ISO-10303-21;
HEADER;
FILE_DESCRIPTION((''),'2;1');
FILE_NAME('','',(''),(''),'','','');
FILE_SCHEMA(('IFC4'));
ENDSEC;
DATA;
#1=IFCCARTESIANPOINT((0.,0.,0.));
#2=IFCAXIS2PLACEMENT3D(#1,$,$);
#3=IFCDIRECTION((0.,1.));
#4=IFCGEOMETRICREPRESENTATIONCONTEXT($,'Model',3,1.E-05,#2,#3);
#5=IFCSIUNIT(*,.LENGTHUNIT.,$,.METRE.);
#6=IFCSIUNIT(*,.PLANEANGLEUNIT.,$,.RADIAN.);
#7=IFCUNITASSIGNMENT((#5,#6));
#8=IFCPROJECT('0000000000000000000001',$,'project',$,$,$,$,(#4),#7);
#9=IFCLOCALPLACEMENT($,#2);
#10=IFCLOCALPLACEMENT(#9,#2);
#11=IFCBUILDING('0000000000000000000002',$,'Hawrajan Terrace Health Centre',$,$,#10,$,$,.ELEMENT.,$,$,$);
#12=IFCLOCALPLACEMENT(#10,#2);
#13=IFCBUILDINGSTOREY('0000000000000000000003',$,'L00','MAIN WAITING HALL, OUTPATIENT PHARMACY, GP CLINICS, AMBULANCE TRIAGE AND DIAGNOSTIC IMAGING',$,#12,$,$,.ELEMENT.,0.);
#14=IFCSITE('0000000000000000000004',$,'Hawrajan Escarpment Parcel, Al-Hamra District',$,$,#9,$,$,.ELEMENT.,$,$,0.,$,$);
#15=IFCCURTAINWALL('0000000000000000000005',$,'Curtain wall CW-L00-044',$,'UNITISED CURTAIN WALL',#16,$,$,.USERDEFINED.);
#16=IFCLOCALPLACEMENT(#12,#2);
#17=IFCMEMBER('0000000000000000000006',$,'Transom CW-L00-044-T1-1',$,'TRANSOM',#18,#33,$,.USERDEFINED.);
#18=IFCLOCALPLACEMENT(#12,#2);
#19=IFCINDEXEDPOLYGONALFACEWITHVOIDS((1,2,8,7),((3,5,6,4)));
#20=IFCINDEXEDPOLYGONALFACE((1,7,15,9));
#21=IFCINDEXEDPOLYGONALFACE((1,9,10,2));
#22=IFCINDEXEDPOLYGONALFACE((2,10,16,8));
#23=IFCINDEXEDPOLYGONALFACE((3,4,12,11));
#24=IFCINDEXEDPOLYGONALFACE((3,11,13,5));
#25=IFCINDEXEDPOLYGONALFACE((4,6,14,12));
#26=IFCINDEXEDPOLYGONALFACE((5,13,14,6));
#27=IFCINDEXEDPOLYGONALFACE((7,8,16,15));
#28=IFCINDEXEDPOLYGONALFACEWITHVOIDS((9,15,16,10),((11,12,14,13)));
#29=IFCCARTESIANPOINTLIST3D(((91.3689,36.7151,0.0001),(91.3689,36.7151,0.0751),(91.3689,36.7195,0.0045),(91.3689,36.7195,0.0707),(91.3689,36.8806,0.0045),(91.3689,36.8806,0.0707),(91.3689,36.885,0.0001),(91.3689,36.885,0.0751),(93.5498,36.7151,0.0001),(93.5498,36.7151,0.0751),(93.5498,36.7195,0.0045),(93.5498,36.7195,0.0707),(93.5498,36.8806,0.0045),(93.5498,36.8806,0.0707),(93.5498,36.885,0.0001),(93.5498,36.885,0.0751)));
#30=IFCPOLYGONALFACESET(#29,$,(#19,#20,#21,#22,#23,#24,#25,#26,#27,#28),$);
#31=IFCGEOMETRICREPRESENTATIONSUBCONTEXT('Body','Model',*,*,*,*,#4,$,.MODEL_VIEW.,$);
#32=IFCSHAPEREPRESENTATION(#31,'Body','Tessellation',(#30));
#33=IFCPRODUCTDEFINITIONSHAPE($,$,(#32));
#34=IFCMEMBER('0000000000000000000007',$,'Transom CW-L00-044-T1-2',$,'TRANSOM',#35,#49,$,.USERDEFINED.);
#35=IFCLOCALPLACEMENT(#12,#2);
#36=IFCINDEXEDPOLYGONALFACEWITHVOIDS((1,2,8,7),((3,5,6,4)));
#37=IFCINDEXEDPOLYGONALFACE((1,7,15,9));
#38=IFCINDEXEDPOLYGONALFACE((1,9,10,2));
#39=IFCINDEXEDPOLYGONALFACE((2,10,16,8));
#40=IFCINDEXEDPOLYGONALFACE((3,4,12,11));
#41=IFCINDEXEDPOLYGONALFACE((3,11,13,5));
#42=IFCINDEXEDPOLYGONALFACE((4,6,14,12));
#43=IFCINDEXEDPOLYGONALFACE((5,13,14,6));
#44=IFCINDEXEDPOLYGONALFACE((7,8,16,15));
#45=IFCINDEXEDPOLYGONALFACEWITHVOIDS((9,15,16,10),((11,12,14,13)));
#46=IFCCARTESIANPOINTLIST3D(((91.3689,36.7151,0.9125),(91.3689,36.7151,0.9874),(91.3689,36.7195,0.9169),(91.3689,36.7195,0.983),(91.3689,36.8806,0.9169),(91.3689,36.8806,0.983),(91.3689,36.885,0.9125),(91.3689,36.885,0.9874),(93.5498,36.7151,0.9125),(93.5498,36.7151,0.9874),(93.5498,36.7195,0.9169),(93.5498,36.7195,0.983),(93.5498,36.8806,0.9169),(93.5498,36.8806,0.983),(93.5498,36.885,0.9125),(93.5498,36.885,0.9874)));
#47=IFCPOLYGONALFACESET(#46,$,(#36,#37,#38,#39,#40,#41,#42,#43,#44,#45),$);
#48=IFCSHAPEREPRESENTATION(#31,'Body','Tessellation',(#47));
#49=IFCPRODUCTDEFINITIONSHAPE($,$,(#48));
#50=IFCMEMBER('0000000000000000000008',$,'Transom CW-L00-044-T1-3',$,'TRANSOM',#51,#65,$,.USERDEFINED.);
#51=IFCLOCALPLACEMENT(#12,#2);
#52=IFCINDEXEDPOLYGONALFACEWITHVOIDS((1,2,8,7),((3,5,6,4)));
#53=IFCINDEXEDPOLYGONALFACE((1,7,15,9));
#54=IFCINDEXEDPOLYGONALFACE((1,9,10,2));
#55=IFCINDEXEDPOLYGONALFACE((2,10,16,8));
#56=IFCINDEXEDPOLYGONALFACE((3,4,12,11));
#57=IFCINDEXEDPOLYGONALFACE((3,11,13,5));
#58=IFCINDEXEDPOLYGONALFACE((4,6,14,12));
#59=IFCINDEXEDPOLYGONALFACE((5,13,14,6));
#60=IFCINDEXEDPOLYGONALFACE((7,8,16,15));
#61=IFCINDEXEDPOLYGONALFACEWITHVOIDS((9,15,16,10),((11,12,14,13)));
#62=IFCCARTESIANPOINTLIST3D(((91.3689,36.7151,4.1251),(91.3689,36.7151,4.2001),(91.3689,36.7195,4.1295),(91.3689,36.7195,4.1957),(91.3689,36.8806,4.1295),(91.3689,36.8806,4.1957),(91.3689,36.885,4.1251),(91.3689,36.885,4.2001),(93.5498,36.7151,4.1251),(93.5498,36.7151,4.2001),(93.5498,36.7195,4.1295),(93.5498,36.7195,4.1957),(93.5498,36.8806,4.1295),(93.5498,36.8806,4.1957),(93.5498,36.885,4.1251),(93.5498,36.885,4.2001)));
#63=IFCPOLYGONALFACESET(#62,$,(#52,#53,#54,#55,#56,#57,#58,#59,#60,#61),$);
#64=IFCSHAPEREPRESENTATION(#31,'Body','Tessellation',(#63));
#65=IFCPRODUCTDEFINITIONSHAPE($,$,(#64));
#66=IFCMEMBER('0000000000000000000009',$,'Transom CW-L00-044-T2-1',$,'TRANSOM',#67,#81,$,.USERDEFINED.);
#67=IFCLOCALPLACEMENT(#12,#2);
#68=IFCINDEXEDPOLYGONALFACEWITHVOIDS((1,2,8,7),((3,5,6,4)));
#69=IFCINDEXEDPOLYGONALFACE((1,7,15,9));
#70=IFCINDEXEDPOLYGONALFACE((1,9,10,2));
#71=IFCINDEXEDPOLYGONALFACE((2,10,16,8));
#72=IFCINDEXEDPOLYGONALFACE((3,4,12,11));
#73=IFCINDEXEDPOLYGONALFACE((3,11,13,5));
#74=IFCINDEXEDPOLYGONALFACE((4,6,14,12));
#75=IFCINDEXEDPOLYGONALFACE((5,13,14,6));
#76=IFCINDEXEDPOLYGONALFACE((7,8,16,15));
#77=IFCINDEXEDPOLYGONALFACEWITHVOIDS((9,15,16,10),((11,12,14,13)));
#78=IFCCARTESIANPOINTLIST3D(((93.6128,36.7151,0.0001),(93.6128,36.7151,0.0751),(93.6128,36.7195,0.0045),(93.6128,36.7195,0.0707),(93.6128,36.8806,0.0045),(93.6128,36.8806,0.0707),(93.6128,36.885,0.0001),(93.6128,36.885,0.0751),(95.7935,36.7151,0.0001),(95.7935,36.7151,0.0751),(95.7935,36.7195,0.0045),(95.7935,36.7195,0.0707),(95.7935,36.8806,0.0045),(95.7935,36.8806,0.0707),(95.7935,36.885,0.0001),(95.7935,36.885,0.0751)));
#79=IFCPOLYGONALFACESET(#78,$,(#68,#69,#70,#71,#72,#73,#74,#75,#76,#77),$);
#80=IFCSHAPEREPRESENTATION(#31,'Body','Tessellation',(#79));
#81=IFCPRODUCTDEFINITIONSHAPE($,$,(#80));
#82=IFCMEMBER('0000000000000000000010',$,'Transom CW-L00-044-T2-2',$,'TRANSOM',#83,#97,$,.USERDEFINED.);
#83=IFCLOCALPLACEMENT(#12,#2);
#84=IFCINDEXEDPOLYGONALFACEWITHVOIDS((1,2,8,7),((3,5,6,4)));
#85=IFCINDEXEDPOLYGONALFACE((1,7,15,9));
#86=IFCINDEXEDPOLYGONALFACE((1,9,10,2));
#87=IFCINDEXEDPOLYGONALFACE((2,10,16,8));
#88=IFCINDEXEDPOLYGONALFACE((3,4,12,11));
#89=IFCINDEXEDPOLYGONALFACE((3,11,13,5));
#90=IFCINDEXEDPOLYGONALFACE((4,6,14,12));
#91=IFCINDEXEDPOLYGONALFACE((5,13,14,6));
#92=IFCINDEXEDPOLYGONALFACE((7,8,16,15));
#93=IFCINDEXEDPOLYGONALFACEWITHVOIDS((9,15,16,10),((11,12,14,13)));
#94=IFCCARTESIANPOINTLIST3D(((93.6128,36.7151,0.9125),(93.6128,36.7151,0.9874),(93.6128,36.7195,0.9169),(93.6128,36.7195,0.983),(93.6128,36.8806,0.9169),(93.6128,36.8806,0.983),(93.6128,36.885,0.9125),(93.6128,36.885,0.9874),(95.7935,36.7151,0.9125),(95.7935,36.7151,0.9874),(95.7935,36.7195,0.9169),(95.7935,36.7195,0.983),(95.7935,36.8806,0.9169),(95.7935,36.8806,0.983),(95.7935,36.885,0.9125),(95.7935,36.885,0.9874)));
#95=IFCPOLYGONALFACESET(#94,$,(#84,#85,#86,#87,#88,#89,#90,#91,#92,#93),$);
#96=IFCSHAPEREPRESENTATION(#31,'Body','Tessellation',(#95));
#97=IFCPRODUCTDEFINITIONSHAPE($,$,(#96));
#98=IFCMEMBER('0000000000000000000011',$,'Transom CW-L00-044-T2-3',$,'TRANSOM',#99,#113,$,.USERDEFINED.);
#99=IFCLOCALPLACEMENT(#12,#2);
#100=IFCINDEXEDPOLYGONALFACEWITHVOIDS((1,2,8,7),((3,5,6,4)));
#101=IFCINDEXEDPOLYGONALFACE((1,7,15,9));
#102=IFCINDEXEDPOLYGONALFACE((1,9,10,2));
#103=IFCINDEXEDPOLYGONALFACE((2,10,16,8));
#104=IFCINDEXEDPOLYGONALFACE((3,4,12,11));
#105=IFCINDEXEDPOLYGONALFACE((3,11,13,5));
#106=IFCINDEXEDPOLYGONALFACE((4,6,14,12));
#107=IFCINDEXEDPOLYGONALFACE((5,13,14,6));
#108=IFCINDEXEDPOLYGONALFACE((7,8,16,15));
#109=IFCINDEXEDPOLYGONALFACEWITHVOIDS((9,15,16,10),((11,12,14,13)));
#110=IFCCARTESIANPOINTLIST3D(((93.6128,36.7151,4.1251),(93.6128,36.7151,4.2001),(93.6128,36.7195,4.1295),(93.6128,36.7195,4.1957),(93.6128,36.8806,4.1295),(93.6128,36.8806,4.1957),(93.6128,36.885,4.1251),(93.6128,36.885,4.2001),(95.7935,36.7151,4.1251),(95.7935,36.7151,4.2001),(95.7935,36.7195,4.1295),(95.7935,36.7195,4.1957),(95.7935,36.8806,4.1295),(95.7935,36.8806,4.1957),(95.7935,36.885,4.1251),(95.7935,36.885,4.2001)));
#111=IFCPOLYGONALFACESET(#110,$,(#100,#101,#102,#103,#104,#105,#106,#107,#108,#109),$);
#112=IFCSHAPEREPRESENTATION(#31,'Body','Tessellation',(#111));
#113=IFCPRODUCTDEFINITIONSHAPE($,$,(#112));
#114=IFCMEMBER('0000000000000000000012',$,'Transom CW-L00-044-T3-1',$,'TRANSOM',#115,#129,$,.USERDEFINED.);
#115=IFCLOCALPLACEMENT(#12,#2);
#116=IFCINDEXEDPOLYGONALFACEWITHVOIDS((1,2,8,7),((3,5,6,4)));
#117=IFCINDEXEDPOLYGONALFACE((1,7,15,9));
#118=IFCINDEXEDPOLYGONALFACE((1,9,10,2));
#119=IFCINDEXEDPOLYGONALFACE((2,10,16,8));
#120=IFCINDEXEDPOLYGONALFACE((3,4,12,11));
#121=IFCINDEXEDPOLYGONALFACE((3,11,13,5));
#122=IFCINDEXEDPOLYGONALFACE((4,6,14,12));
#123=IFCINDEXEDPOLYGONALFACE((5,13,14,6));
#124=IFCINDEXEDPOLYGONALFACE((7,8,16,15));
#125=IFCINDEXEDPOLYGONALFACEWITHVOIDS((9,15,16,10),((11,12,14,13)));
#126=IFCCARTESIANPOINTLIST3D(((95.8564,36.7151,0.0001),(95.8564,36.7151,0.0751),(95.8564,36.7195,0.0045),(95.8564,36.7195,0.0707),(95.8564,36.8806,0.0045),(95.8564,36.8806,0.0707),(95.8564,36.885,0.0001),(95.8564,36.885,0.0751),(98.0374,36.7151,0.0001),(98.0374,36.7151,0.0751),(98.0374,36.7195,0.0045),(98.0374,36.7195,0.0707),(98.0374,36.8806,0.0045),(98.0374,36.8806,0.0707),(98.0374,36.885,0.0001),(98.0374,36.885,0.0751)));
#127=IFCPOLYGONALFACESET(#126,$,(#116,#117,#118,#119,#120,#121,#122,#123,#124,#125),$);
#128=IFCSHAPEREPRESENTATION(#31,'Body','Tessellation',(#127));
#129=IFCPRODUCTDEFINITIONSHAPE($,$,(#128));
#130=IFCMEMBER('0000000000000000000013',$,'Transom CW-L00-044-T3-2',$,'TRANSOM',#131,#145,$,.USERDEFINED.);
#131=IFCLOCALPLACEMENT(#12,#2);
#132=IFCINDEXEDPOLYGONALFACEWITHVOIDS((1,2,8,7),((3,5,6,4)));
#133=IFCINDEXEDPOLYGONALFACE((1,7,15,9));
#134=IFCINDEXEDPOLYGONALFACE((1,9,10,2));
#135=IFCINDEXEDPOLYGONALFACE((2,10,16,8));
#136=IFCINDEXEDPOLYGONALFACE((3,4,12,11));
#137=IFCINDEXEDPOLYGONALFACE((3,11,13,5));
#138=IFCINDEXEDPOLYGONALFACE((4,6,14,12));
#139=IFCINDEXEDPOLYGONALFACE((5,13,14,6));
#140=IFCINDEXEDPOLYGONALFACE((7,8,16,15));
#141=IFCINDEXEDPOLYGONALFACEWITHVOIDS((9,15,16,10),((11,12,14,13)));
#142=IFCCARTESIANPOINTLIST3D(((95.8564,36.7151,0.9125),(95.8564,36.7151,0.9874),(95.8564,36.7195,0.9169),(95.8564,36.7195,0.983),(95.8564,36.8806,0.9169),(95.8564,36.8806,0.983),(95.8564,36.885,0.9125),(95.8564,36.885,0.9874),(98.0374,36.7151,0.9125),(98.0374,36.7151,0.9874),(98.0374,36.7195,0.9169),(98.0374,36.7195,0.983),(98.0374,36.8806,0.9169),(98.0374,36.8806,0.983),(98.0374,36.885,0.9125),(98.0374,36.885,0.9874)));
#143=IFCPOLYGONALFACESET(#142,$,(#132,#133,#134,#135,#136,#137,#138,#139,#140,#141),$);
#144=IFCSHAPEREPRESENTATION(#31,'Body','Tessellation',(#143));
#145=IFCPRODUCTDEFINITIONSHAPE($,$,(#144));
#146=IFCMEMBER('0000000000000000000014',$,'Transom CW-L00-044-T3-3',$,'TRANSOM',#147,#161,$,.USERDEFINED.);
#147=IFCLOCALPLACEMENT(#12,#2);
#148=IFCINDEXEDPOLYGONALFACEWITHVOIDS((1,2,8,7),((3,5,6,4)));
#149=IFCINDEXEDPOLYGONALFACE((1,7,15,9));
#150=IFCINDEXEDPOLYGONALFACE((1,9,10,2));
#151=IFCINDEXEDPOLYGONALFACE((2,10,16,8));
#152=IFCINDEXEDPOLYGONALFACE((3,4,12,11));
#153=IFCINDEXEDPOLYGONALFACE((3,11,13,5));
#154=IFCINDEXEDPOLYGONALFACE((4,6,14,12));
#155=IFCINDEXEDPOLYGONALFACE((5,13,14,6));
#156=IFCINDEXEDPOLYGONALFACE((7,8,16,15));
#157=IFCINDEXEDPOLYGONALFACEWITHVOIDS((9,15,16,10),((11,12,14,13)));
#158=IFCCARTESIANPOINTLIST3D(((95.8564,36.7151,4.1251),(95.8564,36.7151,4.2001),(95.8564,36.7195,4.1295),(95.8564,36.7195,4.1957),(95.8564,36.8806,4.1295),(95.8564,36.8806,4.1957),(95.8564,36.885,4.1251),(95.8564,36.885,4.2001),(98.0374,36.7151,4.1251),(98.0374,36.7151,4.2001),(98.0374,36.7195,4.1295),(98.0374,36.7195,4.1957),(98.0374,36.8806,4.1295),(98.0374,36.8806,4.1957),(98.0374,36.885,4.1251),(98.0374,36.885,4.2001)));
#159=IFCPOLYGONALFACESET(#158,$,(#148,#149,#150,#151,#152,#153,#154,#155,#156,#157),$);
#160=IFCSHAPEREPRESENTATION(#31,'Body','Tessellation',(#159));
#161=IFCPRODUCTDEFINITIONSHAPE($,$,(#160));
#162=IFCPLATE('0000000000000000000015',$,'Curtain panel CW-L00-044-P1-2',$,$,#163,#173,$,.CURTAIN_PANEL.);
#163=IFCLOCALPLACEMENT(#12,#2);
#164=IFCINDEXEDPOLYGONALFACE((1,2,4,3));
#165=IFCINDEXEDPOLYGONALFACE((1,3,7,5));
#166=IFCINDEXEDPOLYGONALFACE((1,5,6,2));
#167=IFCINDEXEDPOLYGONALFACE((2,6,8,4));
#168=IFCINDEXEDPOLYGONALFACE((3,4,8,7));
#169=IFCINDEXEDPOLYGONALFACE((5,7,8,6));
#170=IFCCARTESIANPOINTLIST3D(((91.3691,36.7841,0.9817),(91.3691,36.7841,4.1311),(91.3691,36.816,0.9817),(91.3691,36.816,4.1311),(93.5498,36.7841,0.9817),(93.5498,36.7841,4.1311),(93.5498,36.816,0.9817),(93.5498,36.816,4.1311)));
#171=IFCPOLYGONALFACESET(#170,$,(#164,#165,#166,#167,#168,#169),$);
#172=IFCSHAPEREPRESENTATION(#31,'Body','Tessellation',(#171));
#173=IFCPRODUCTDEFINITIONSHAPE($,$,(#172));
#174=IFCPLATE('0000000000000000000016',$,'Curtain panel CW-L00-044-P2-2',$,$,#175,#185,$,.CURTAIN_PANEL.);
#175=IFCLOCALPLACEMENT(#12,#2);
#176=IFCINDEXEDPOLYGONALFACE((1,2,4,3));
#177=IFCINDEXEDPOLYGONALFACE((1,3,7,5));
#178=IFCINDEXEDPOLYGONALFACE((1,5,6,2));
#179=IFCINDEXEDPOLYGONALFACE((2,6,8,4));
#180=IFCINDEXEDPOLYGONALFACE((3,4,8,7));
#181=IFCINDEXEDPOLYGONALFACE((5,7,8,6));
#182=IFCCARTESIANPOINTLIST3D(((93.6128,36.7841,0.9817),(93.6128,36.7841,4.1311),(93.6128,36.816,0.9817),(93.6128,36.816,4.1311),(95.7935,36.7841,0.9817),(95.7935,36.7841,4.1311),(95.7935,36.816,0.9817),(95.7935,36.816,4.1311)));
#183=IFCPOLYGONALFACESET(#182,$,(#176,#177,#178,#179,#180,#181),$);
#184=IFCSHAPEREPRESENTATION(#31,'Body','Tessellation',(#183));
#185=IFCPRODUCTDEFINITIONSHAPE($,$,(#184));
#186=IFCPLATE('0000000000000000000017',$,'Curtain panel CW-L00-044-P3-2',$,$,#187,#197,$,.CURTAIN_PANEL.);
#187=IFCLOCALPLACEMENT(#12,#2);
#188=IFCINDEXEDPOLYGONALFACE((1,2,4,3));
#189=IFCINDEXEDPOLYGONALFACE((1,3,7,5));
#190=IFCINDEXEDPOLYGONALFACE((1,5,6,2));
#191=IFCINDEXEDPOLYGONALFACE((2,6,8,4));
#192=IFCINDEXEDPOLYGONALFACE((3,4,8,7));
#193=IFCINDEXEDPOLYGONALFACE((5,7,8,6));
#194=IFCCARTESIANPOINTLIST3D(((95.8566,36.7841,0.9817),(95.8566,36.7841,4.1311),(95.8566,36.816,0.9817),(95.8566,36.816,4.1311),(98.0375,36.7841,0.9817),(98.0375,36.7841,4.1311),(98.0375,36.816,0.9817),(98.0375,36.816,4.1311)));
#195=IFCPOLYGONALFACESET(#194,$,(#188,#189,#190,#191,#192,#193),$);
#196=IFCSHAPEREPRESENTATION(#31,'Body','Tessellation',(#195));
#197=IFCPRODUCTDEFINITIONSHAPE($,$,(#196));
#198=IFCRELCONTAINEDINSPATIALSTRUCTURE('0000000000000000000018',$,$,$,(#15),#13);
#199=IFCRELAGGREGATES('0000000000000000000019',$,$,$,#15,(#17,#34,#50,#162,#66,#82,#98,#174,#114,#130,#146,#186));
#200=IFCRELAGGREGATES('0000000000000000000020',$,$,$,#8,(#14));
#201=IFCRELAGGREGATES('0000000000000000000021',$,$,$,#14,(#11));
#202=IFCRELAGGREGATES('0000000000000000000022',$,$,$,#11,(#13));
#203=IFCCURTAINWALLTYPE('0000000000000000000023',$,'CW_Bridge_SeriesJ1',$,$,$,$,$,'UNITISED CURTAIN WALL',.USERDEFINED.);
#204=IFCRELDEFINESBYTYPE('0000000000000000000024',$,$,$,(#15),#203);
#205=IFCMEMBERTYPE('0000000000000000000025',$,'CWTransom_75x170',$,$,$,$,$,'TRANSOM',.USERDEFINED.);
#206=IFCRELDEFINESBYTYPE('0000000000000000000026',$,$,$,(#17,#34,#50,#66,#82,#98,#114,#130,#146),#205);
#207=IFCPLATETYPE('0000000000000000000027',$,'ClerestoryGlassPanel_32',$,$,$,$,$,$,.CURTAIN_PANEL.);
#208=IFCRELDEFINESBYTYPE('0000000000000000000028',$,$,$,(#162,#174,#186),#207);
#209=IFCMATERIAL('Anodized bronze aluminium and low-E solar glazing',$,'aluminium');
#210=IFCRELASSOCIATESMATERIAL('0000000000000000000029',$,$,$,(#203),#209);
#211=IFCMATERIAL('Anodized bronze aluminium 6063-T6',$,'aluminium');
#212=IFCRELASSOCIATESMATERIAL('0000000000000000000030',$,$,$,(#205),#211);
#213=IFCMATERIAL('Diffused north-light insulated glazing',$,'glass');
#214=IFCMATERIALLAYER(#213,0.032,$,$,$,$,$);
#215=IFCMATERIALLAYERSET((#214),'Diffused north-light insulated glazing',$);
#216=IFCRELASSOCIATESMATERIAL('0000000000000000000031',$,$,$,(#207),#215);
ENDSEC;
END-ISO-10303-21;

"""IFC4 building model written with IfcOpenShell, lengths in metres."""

from ifc_helpers import new_model, si_unit, direction, frame, origin, origin_2d, place, context, subcontext, project, spatial, rectangle, hollow_rectangle, extrude, material, layer, layer_set, material_profile, profile_set, type_object, element, aggregate, save


model = new_model("IFC4")

# Units and contexts
model_context = context("Model", 3, precision=1e-05, world=origin(), true_north=direction((0.0, 1.0)))
body_context = subcontext(model_context, "Body", "Model", "MODEL_VIEW")
ifc_project = project(units=[si_unit("LENGTHUNIT", "METRE"), si_unit("PLANEANGLEUNIT", "RADIAN")], contexts=[model_context])

# Site, building, storey
site_placement = place(None, origin())
site = spatial("IfcSite", under=ifc_project, at=site_placement, Name="Hawrajan Escarpment Parcel, Al-Hamra District", CompositionType="ELEMENT", RefElevation=0.0)
building_placement = place(site_placement, origin())
building = spatial("IfcBuilding", under=site, at=building_placement, Name="Hawrajan Terrace Health Centre", CompositionType="ELEMENT")
storey_placement = place(building_placement, origin())
storey = spatial("IfcBuildingStorey", under=building, at=storey_placement, Name="L00", Description="MAIN WAITING HALL, OUTPATIENT PHARMACY, GP CLINICS, AMBULANCE TRIAGE AND DIAGNOSTIC IMAGING", CompositionType="ELEMENT", Elevation=0.0)

# Curtain wall, members, plates
ifc_material_1 = material(Name="Anodized bronze aluminium and low-E solar glazing", Category="aluminium")
curtain_wall_type = type_object("IfcCurtainWallType", Name="CW_Bridge_SeriesJ1", ElementType="UNITISED CURTAIN WALL", PredefinedType="USERDEFINED", material=ifc_material_1)
curtain_wall_placement = place(storey_placement, origin())
curtain_wall = element("IfcCurtainWall", 1, at=curtain_wall_placement, inside=storey, type_object=curtain_wall_type, Name="Curtain wall CW-L00-044", ObjectType="UNITISED CURTAIN WALL", PredefinedType="USERDEFINED")
ifc_material_2 = material(Name="Anodized bronze aluminium 6063-T6", Category="aluminium")
ifc_material_profile_1 = material_profile(ifc_material_2, hollow_rectangle(XDim=0.075, YDim=0.1699, WallThickness=0.0044, at=origin_2d()), Name="CW TRN 75x170")
ifc_profile_set_1 = profile_set([ifc_material_profile_1], Name="Anodized bronze aluminium 6063-T6")
member_type_1 = type_object("IfcMemberType", Name="CWTransom_75x170", ElementType="TRANSOM", PredefinedType="USERDEFINED", material=ifc_profile_set_1)
member_1_placement = place(storey_placement, frame((91.3689, 36.8, 0.0376), z_axis=(1.0, 0.0, 0.0), x_axis=(0.0, 0.0, 1.0)))
member_1 = element("IfcMember", 2, at=member_1_placement, type_object=member_type_1, Name="Transom CW-L00-044-T1-1", ObjectType="TRANSOM", PredefinedType="USERDEFINED", context=body_context, shape_type="SweptSolid", body=[
    extrude(hollow_rectangle(XDim=0.075, YDim=0.1699, WallThickness=0.0044, at=origin_2d()), origin(), (0.0, 0.0, 1.0), 2.1809),
])
member_2_placement = place(storey_placement, frame((91.3689, 36.8, 0.95), z_axis=(1.0, 0.0, 0.0), x_axis=(0.0, 0.0, 1.0)))
member_2 = element("IfcMember", 3, at=member_2_placement, type_object=member_type_1, Name="Transom CW-L00-044-T1-2", ObjectType="TRANSOM", PredefinedType="USERDEFINED", context=body_context, shape_type="SweptSolid", body=[
    extrude(hollow_rectangle(XDim=0.075, YDim=0.1699, WallThickness=0.0044, at=origin_2d()), origin(), (0.0, 0.0, 1.0), 2.1809),
])
member_3_placement = place(storey_placement, frame((91.3689, 36.8, 4.1626), z_axis=(1.0, 0.0, 0.0), x_axis=(0.0, 0.0, 1.0)))
member_3 = element("IfcMember", 4, at=member_3_placement, type_object=member_type_1, Name="Transom CW-L00-044-T1-3", ObjectType="TRANSOM", PredefinedType="USERDEFINED", context=body_context, shape_type="SweptSolid", body=[
    extrude(hollow_rectangle(XDim=0.075, YDim=0.1699, WallThickness=0.0044, at=origin_2d()), origin(), (0.0, 0.0, 1.0), 2.1809),
])
member_4_placement = place(storey_placement, frame((93.6128, 36.8, 0.0376), z_axis=(1.0, 0.0, 0.0), x_axis=(0.0, 0.0, 1.0)))
member_4 = element("IfcMember", 5, at=member_4_placement, type_object=member_type_1, Name="Transom CW-L00-044-T2-1", ObjectType="TRANSOM", PredefinedType="USERDEFINED", context=body_context, shape_type="SweptSolid", body=[
    extrude(hollow_rectangle(XDim=0.075, YDim=0.1699, WallThickness=0.0044, at=origin_2d()), origin(), (0.0, 0.0, 1.0), 2.1807),
])
member_5_placement = place(storey_placement, frame((93.6128, 36.8, 0.95), z_axis=(1.0, 0.0, 0.0), x_axis=(0.0, 0.0, 1.0)))
member_5 = element("IfcMember", 6, at=member_5_placement, type_object=member_type_1, Name="Transom CW-L00-044-T2-2", ObjectType="TRANSOM", PredefinedType="USERDEFINED", context=body_context, shape_type="SweptSolid", body=[
    extrude(hollow_rectangle(XDim=0.075, YDim=0.1699, WallThickness=0.0044, at=origin_2d()), origin(), (0.0, 0.0, 1.0), 2.1807),
])
member_6_placement = place(storey_placement, frame((93.6128, 36.8, 4.1626), z_axis=(1.0, 0.0, 0.0), x_axis=(0.0, 0.0, 1.0)))
member_6 = element("IfcMember", 7, at=member_6_placement, type_object=member_type_1, Name="Transom CW-L00-044-T2-3", ObjectType="TRANSOM", PredefinedType="USERDEFINED", context=body_context, shape_type="SweptSolid", body=[
    extrude(hollow_rectangle(XDim=0.075, YDim=0.1699, WallThickness=0.0044, at=origin_2d()), origin(), (0.0, 0.0, 1.0), 2.1807),
])
member_7_placement = place(storey_placement, frame((95.8564, 36.8, 0.0376), z_axis=(1.0, 0.0, 0.0), x_axis=(0.0, 0.0, 1.0)))
member_7 = element("IfcMember", 8, at=member_7_placement, type_object=member_type_1, Name="Transom CW-L00-044-T3-1", ObjectType="TRANSOM", PredefinedType="USERDEFINED", context=body_context, shape_type="SweptSolid", body=[
    extrude(hollow_rectangle(XDim=0.075, YDim=0.1699, WallThickness=0.0044, at=origin_2d()), origin(), (0.0, 0.0, 1.0), 2.1809),
])
member_8_placement = place(storey_placement, frame((95.8564, 36.8, 0.95), z_axis=(1.0, 0.0, 0.0), x_axis=(0.0, 0.0, 1.0)))
member_8 = element("IfcMember", 9, at=member_8_placement, type_object=member_type_1, Name="Transom CW-L00-044-T3-2", ObjectType="TRANSOM", PredefinedType="USERDEFINED", context=body_context, shape_type="SweptSolid", body=[
    extrude(hollow_rectangle(XDim=0.075, YDim=0.1699, WallThickness=0.0044, at=origin_2d()), origin(), (0.0, 0.0, 1.0), 2.1809),
])
member_9_placement = place(storey_placement, frame((95.8564, 36.8, 4.1626), z_axis=(1.0, 0.0, 0.0), x_axis=(0.0, 0.0, 1.0)))
member_9 = element("IfcMember", 10, at=member_9_placement, type_object=member_type_1, Name="Transom CW-L00-044-T3-3", ObjectType="TRANSOM", PredefinedType="USERDEFINED", context=body_context, shape_type="SweptSolid", body=[
    extrude(hollow_rectangle(XDim=0.075, YDim=0.1699, WallThickness=0.0044, at=origin_2d()), origin(), (0.0, 0.0, 1.0), 2.1809),
])
ifc_material_3 = material(Name="Diffused north-light insulated glazing", Category="glass")
ifc_layer_1 = layer(ifc_material_3, 0.032)
ifc_layer_set_1 = layer_set([ifc_layer_1], Name="Diffused north-light insulated glazing")
plate_type_1 = type_object("IfcPlateType", Name="ClerestoryGlassPanel_32", PredefinedType="CURTAIN_PANEL", material=ifc_layer_set_1)
plate_1_placement = place(storey_placement, frame((92.4595, 36.8, 0.9817), z_axis=(0.0, 0.0, 1.0), x_axis=(1.0, 0.0, 0.0)))
plate_1 = element("IfcPlate", 11, at=plate_1_placement, type_object=plate_type_1, Name="Curtain panel CW-L00-044-P1-2", PredefinedType="CURTAIN_PANEL", context=body_context, shape_type="SweptSolid", body=[
    extrude(rectangle(XDim=2.1807, YDim=0.032, at=origin_2d()), origin(), (0.0, 0.0, 1.0), 3.1494),
])
plate_2_placement = place(storey_placement, frame((94.7031, 36.8, 0.9817), z_axis=(0.0, 0.0, 1.0), x_axis=(1.0, 0.0, 0.0)))
plate_2 = element("IfcPlate", 12, at=plate_2_placement, type_object=plate_type_1, Name="Curtain panel CW-L00-044-P2-2", PredefinedType="CURTAIN_PANEL", context=body_context, shape_type="SweptSolid", body=[
    extrude(rectangle(XDim=2.1807, YDim=0.032, at=origin_2d()), origin(), (0.0, 0.0, 1.0), 3.1494),
])
plate_3_placement = place(storey_placement, frame((96.947, 36.8, 0.9817), z_axis=(0.0, 0.0, 1.0), x_axis=(1.0, 0.0, 0.0)))
plate_3 = element("IfcPlate", 13, at=plate_3_placement, type_object=plate_type_1, Name="Curtain panel CW-L00-044-P3-2", PredefinedType="CURTAIN_PANEL", context=body_context, shape_type="SweptSolid", body=[
    extrude(rectangle(XDim=2.1809, YDim=0.032, at=origin_2d()), origin(), (0.0, 0.0, 1.0), 3.1494),
])
aggregate(curtain_wall, [member_1, member_2, member_3, plate_1, member_4, member_5, member_6, plate_2, member_7, member_8, member_9, plate_3])

save(model, "model.ifc")
